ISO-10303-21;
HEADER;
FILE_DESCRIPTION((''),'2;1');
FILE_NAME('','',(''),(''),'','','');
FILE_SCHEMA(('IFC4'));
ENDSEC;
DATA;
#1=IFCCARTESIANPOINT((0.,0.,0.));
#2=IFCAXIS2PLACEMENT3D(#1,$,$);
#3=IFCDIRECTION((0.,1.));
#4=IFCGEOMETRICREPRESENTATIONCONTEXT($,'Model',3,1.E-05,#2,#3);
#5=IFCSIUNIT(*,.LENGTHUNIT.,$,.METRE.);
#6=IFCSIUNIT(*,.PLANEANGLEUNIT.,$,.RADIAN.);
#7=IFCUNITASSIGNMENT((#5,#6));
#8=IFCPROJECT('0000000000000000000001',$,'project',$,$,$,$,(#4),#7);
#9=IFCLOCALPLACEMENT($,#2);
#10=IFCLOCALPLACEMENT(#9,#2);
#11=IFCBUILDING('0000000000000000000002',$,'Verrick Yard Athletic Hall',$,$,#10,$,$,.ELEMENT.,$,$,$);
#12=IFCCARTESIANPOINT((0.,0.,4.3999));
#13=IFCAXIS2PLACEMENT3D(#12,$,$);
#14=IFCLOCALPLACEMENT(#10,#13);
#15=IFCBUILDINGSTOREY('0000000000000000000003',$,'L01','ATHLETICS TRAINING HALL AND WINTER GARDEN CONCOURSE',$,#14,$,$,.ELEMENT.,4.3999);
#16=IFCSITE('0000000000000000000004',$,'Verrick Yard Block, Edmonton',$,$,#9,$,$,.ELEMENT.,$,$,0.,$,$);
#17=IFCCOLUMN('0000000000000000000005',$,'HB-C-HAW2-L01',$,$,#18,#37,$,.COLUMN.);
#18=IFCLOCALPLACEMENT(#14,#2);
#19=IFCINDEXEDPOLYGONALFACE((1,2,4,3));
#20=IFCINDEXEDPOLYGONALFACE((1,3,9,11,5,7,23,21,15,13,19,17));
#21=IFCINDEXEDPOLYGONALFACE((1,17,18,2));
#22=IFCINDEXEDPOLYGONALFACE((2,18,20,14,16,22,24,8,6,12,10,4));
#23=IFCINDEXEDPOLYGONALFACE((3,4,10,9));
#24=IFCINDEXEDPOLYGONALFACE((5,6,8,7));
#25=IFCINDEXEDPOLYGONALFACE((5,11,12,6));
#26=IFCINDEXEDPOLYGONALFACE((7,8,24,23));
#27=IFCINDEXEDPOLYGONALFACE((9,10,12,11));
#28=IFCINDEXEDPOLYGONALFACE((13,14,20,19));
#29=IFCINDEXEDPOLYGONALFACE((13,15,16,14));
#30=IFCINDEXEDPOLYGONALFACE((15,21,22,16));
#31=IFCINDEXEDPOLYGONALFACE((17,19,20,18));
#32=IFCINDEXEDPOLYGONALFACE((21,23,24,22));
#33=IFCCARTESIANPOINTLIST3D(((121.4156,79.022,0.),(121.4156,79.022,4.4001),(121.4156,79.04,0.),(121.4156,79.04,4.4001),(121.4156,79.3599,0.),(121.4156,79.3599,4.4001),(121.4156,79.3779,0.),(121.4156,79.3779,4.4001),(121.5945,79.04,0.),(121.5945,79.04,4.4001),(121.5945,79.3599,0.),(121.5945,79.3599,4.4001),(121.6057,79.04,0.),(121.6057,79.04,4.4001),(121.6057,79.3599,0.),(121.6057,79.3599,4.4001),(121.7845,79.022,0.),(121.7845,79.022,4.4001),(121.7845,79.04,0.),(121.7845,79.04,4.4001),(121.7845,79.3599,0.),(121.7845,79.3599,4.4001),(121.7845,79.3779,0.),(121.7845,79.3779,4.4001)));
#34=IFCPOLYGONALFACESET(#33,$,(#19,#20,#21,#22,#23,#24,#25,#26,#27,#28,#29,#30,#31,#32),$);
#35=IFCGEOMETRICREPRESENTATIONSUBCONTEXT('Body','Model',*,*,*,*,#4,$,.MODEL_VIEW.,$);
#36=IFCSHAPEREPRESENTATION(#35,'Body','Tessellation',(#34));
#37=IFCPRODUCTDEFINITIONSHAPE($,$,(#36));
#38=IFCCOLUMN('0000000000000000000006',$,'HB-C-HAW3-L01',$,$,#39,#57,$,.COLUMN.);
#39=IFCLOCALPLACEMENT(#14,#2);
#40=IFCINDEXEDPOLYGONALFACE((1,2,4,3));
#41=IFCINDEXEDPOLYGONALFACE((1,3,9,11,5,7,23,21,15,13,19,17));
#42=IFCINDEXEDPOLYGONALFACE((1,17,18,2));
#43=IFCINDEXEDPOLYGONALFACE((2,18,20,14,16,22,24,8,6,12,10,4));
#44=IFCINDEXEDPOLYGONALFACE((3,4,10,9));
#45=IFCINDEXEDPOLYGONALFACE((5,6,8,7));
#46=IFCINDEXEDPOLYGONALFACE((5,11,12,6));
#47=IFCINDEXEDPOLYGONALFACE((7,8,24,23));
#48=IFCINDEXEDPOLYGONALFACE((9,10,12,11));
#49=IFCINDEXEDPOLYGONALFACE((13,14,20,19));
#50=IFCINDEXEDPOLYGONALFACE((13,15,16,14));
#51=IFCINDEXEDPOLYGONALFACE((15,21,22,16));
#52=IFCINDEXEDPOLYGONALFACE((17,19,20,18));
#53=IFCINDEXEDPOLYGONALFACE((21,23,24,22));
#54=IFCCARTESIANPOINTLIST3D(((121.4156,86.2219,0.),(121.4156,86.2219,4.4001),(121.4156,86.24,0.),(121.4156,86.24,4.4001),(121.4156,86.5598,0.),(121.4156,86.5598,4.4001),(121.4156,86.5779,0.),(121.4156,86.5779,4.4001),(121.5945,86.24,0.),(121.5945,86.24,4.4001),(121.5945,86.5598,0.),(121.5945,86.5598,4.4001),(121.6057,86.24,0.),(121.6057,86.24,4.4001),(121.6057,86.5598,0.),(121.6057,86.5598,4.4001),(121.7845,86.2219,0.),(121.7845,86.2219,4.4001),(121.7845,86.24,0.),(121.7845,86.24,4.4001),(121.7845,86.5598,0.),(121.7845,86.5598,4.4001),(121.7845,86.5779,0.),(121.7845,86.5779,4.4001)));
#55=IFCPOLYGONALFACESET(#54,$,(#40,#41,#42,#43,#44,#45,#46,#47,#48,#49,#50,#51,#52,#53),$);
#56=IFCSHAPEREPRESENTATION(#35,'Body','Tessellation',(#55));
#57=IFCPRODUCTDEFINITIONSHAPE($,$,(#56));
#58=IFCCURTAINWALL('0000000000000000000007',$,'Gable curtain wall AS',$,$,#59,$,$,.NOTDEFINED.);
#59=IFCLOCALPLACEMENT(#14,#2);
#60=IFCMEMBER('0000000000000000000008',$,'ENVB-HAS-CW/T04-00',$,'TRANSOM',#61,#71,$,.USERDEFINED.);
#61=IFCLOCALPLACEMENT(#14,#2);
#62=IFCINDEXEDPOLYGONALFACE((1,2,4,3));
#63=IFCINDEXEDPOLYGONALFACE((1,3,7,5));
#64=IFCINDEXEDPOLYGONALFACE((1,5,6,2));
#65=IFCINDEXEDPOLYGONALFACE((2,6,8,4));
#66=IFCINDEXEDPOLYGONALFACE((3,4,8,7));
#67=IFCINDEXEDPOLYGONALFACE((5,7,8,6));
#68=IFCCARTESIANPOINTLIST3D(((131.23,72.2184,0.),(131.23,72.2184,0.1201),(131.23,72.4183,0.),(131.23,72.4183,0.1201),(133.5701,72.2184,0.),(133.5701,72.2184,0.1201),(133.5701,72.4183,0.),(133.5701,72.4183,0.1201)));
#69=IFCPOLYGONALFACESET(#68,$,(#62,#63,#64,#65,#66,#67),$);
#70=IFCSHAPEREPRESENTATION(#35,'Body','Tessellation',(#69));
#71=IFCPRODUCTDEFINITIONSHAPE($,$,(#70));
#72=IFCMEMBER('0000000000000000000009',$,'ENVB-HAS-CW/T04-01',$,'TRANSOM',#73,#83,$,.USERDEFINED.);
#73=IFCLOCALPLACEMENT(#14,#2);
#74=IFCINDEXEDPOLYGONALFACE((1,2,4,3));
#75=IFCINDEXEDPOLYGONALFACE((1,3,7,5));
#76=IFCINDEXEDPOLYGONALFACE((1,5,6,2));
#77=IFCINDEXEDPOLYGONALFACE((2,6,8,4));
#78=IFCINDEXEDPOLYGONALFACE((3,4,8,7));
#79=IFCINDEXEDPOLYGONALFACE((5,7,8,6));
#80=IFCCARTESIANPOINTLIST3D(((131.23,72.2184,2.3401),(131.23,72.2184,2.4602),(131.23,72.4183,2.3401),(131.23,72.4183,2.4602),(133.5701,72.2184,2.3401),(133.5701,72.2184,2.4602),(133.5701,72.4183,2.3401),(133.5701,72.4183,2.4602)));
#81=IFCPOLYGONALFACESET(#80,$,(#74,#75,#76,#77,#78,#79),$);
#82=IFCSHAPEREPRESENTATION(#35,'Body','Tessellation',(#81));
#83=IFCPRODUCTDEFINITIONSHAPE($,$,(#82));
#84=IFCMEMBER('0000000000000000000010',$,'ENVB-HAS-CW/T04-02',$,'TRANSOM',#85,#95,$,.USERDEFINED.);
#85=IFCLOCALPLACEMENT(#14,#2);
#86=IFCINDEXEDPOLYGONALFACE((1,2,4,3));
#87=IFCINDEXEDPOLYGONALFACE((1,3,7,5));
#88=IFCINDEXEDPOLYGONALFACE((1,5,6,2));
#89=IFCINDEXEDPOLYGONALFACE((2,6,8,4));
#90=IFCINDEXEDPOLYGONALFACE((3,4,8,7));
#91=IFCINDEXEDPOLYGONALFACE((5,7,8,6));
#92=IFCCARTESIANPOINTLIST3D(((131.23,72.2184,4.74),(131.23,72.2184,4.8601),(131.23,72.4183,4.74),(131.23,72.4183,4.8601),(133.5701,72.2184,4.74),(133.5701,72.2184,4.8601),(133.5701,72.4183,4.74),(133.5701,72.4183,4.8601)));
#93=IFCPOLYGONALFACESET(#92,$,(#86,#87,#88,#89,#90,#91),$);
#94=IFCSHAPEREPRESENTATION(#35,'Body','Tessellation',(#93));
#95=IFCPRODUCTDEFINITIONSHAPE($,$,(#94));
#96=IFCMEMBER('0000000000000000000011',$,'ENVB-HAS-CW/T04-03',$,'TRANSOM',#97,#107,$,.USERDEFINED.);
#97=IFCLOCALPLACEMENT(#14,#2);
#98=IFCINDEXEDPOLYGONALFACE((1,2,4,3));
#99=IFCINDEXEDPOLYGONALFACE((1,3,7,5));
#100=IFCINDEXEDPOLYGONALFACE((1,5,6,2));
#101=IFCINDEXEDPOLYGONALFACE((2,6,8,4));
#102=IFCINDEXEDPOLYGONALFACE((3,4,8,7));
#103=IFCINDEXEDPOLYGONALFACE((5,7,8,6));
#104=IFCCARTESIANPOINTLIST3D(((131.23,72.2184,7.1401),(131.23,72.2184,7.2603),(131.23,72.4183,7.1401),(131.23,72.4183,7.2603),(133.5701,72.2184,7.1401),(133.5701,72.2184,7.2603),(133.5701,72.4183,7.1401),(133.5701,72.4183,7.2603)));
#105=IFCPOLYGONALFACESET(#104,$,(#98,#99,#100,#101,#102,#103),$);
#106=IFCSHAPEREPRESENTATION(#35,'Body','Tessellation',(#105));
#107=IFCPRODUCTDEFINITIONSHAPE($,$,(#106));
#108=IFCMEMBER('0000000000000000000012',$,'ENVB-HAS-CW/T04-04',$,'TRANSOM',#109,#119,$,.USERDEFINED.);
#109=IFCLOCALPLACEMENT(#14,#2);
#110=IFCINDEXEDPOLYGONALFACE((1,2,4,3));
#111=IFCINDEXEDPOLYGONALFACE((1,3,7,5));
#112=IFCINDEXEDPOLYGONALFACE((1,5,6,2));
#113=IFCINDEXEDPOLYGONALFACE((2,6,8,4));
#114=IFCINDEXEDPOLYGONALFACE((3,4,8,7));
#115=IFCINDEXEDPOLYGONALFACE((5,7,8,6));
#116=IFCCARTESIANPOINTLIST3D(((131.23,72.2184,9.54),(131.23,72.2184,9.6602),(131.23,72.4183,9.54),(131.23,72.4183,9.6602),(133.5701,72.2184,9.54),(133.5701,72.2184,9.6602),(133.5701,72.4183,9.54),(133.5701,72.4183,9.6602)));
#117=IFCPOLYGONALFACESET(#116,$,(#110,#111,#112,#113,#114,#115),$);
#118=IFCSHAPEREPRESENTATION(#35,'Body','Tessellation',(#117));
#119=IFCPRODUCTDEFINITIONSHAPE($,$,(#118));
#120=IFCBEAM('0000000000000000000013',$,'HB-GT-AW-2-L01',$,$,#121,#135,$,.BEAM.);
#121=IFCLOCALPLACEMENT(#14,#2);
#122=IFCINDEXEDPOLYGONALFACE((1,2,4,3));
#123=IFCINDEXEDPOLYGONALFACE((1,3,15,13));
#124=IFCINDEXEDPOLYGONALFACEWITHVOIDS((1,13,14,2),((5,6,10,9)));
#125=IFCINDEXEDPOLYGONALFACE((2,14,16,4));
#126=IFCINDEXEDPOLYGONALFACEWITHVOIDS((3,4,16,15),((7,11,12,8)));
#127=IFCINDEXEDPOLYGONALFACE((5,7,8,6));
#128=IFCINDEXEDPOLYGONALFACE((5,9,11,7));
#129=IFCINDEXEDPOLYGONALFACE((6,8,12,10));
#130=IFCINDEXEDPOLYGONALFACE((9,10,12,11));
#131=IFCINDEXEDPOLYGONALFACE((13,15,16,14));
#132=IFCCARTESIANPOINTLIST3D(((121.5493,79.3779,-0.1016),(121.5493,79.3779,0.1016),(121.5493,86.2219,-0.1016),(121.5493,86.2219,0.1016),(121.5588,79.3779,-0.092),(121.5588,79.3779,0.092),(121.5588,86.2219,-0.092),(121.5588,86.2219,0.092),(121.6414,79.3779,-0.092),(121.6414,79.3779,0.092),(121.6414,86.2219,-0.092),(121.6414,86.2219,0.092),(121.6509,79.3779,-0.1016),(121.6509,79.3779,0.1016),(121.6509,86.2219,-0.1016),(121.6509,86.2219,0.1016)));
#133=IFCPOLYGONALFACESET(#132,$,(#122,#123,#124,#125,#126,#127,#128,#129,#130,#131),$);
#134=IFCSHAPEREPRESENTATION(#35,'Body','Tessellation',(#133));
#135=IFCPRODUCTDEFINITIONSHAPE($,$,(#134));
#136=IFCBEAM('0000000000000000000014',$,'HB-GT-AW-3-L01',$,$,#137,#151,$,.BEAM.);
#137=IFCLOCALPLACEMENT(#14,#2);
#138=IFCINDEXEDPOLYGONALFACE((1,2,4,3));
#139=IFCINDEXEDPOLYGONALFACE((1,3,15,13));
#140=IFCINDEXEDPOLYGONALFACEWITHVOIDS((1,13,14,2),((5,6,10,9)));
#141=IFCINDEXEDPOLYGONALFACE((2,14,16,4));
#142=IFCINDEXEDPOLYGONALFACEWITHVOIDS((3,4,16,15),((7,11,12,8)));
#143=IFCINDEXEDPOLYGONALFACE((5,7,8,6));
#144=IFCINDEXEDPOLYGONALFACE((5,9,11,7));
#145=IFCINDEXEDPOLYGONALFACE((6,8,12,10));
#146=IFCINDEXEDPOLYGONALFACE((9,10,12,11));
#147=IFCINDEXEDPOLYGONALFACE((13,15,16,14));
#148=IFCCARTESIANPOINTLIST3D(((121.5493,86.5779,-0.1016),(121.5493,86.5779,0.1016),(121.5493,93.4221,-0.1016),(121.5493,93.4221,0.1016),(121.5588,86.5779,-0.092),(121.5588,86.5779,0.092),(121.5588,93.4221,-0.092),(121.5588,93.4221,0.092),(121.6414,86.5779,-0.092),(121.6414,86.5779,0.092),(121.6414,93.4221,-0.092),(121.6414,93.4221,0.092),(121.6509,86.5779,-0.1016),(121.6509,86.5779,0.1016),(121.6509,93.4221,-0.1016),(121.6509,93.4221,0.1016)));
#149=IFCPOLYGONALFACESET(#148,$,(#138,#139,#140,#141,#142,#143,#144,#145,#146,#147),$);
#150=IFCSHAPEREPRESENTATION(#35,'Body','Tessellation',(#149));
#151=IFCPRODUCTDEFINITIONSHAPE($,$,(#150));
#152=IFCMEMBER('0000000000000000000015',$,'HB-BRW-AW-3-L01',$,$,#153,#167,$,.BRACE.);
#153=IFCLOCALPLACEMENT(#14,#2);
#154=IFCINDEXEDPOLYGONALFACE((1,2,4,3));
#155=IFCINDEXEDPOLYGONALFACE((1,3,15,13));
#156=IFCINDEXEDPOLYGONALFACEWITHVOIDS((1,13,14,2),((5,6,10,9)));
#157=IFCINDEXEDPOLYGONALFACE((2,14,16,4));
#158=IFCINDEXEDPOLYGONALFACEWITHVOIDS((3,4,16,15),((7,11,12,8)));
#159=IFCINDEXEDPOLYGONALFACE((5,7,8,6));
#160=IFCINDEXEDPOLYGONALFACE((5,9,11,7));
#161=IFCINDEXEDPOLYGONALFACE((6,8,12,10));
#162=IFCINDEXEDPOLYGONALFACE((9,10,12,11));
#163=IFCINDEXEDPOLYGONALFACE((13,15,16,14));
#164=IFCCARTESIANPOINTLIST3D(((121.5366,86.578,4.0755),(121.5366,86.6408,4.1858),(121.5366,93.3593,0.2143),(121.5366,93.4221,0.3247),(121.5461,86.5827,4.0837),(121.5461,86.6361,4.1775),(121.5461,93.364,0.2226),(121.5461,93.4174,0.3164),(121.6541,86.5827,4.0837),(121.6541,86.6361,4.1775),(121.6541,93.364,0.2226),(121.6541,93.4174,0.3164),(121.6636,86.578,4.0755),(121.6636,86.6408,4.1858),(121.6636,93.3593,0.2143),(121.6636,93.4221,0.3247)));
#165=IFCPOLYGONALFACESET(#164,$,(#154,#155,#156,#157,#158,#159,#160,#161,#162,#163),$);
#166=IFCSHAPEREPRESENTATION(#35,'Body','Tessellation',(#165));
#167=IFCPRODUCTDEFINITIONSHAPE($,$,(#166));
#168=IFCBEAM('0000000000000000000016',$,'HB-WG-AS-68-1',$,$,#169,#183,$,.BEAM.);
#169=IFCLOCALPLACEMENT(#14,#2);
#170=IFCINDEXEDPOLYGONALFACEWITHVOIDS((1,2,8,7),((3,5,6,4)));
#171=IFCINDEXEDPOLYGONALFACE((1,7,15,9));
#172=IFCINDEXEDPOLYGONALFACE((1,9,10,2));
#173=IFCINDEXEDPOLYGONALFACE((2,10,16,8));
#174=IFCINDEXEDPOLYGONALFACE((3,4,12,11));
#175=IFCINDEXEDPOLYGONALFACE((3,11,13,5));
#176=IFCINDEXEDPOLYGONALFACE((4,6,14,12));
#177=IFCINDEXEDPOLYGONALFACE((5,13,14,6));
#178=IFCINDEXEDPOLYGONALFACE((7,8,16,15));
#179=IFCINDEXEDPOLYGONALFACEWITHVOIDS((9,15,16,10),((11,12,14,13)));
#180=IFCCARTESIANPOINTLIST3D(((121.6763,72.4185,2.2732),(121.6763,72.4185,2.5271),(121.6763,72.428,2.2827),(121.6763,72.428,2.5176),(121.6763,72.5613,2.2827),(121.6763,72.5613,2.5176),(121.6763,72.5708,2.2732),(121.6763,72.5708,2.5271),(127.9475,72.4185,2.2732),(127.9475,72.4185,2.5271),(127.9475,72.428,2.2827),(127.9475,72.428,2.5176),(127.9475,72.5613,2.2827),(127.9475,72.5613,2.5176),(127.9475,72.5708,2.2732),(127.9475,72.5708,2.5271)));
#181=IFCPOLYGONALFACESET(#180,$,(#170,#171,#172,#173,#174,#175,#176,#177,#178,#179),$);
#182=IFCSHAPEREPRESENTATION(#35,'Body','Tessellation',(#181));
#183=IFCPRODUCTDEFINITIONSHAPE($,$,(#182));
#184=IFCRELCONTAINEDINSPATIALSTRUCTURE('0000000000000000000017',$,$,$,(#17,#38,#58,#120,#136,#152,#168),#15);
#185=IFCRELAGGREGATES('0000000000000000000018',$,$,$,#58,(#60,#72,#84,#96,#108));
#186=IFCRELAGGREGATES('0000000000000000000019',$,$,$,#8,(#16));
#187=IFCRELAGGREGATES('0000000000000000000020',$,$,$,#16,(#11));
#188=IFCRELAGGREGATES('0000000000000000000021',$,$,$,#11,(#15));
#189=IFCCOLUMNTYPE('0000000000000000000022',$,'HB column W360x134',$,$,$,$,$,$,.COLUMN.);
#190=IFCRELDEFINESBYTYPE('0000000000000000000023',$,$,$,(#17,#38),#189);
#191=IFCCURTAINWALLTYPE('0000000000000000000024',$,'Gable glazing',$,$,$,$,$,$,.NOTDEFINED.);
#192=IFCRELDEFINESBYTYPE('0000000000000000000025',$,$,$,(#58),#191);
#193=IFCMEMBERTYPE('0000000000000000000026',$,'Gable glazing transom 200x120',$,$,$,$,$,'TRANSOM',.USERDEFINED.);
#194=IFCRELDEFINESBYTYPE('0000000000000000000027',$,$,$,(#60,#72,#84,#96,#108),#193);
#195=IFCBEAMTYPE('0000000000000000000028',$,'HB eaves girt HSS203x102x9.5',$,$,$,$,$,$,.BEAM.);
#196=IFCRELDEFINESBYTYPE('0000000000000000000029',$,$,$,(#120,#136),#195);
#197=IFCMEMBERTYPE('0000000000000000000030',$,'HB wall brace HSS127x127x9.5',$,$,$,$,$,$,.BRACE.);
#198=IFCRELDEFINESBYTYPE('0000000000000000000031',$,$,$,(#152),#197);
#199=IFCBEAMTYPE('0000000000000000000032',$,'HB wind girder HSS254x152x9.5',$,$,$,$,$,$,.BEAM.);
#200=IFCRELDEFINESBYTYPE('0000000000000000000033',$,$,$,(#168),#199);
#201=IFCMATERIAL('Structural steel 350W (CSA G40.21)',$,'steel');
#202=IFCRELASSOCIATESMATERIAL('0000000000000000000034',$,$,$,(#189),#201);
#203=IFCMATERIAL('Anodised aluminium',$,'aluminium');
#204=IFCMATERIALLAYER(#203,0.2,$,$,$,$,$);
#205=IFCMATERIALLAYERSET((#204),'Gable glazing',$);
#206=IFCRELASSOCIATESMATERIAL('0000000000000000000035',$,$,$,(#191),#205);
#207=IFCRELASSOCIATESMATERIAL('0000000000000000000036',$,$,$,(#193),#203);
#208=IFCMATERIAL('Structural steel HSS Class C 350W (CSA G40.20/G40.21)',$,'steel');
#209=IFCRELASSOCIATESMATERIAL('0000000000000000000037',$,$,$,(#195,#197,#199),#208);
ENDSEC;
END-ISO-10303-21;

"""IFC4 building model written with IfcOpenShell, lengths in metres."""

from ifc_helpers import new_model, si_unit, direction, frame, origin, origin_2d, place, context, subcontext, project, spatial, rectangle, hollow_rectangle, i_section, extrude, material, layer, layer_set, material_profile, profile_set, type_object, element, aggregate, save


model = new_model("IFC4")

# Units and contexts
model_context = context("Model", 3, precision=1e-05, world=origin(), true_north=direction((0.0, 1.0)))
body_context = subcontext(model_context, "Body", "Model", "MODEL_VIEW")
ifc_project = project(units=[si_unit("LENGTHUNIT", "METRE"), si_unit("PLANEANGLEUNIT", "RADIAN")], contexts=[model_context])

# Site, building, storey
site_placement = place(None, origin())
site = spatial("IfcSite", under=ifc_project, at=site_placement, Name="Verrick Yard Block, Edmonton", CompositionType="ELEMENT", RefElevation=0.0)
building_placement = place(site_placement, origin())
building = spatial("IfcBuilding", under=site, at=building_placement, Name="Verrick Yard Athletic Hall", CompositionType="ELEMENT")
storey_placement = place(building_placement, frame((0.0, 0.0, 4.3999)))
storey = spatial("IfcBuildingStorey", under=building, at=storey_placement, Name="L01", Description="ATHLETICS TRAINING HALL AND WINTER GARDEN CONCOURSE", CompositionType="ELEMENT", Elevation=4.3999)

# Columns
ifc_material_1 = material(Name="Structural steel 350W (CSA G40.21)", Category="steel")
ifc_material_profile_1 = material_profile(ifc_material_1, i_section(OverallWidth=0.3689, OverallDepth=0.356, WebThickness=0.0112, FlangeThickness=0.0181, at=origin_2d()), Name="W360x134")
ifc_profile_set_1 = profile_set([ifc_material_profile_1], Name="Structural steel 350W (CSA G40.21)")
column_type = type_object("IfcColumnType", Name="HB column W360x134", PredefinedType="COLUMN", material=ifc_profile_set_1)
for number, where, z_axis, x_axis, name in (
    (1, (121.6001, 79.2, 0.0), (0.0, 0.0, 1.0), (1.0, 0.0, 0.0), "HB-C-HAW2-L01"),
    (2, (121.6001, 86.3999, 0.0), (0.0, 0.0, 1.0), (1.0, 0.0, 0.0), "HB-C-HAW3-L01"),
):
    element("IfcColumn", number, at=place(storey_placement, frame(where, z_axis=z_axis, x_axis=x_axis)), inside=storey, type_object=column_type, Name=name, PredefinedType="COLUMN", context=body_context, shape_type="SweptSolid", body=[
        extrude(i_section(OverallWidth=0.3689, OverallDepth=0.356, WebThickness=0.0112, FlangeThickness=0.0181, at=origin_2d()), origin(), (0.0, 0.0, 1.0), 4.4001),
    ])

# Curtain wall, members
ifc_material_2 = material(Name="Anodised aluminium", Category="aluminium")
ifc_layer_1 = layer(ifc_material_2, 0.2)
ifc_layer_set_1 = layer_set([ifc_layer_1], Name="Gable glazing")
curtain_wall_type = type_object("IfcCurtainWallType", Name="Gable glazing", PredefinedType="NOTDEFINED", material=ifc_layer_set_1)
curtain_wall_placement = place(storey_placement, origin())
curtain_wall = element("IfcCurtainWall", 3, at=curtain_wall_placement, inside=storey, type_object=curtain_wall_type, Name="Gable curtain wall AS", PredefinedType="NOTDEFINED")
ifc_material_profile_2 = material_profile(ifc_material_2, rectangle(XDim=0.2, YDim=0.1201, at=origin_2d()), Name="CW gable transom 200x120")
ifc_profile_set_2 = profile_set([ifc_material_profile_2], Name="Anodised aluminium")
member_type_1 = type_object("IfcMemberType", Name="Gable glazing transom 200x120", ElementType="TRANSOM", PredefinedType="USERDEFINED", material=ifc_profile_set_2)
member_1_placement = place(storey_placement, frame((131.23, 72.3184, 0.0601), z_axis=(1.0, 0.0, 0.0), x_axis=(0.0, 1.0, 0.0)))
member_1 = element("IfcMember", 4, at=member_1_placement, type_object=member_type_1, Name="ENVB-HAS-CW/T04-00", ObjectType="TRANSOM", PredefinedType="USERDEFINED", context=body_context, shape_type="SweptSolid", body=[
    extrude(rectangle(XDim=0.2, YDim=0.1201, at=origin_2d()), origin(), (0.0, 0.0, 1.0), 2.3401),
])
member_2_placement = place(storey_placement, frame((131.23, 72.3184, 2.4001), z_axis=(1.0, 0.0, 0.0), x_axis=(0.0, 1.0, 0.0)))
member_2 = element("IfcMember", 5, at=member_2_placement, type_object=member_type_1, Name="ENVB-HAS-CW/T04-01", ObjectType="TRANSOM", PredefinedType="USERDEFINED", context=body_context, shape_type="SweptSolid", body=[
    extrude(rectangle(XDim=0.2, YDim=0.1201, at=origin_2d()), origin(), (0.0, 0.0, 1.0), 2.3401),
])
member_3_placement = place(storey_placement, frame((131.23, 72.3184, 4.8), z_axis=(1.0, 0.0, 0.0), x_axis=(0.0, 1.0, 0.0)))
member_3 = element("IfcMember", 6, at=member_3_placement, type_object=member_type_1, Name="ENVB-HAS-CW/T04-02", ObjectType="TRANSOM", PredefinedType="USERDEFINED", context=body_context, shape_type="SweptSolid", body=[
    extrude(rectangle(XDim=0.2, YDim=0.1201, at=origin_2d()), origin(), (0.0, 0.0, 1.0), 2.3401),
])
member_4_placement = place(storey_placement, frame((131.23, 72.3184, 7.2002), z_axis=(1.0, 0.0, 0.0), x_axis=(0.0, 1.0, 0.0)))
member_4 = element("IfcMember", 7, at=member_4_placement, type_object=member_type_1, Name="ENVB-HAS-CW/T04-03", ObjectType="TRANSOM", PredefinedType="USERDEFINED", context=body_context, shape_type="SweptSolid", body=[
    extrude(rectangle(XDim=0.2, YDim=0.1201, at=origin_2d()), origin(), (0.0, 0.0, 1.0), 2.3401),
])
member_5_placement = place(storey_placement, frame((131.23, 72.3184, 9.6001), z_axis=(1.0, 0.0, 0.0), x_axis=(0.0, 1.0, 0.0)))
member_5 = element("IfcMember", 8, at=member_5_placement, type_object=member_type_1, Name="ENVB-HAS-CW/T04-04", ObjectType="TRANSOM", PredefinedType="USERDEFINED", context=body_context, shape_type="SweptSolid", body=[
    extrude(rectangle(XDim=0.2, YDim=0.1201, at=origin_2d()), origin(), (0.0, 0.0, 1.0), 2.3401),
])

# Beams
ifc_material_3 = material(Name="Structural steel HSS Class C 350W (CSA G40.20/G40.21)", Category="steel")
ifc_material_profile_3 = material_profile(ifc_material_3, hollow_rectangle(XDim=0.1016, YDim=0.2031, WallThickness=0.0095, at=origin_2d()), Name="HSS203x102x9.5")
ifc_profile_set_3 = profile_set([ifc_material_profile_3], Name="Structural steel HSS Class C 350W (CSA G40.20/G40.21)")
beam_type_1 = type_object("IfcBeamType", Name="HB eaves girt HSS203x102x9.5", PredefinedType="BEAM", material=ifc_profile_set_3)
beam_1_placement = place(storey_placement, frame((121.6001, 79.3779, 0.0), z_axis=(0.0, 1.0, 0.0), x_axis=(-1.0, 0.0, 0.0)))
element("IfcBeam", 9, at=beam_1_placement, inside=storey, type_object=beam_type_1, Name="HB-GT-AW-2-L01", PredefinedType="BEAM", context=body_context, shape_type="SweptSolid", body=[
    extrude(hollow_rectangle(XDim=0.1016, YDim=0.2031, WallThickness=0.0095, at=origin_2d()), origin(), (0.0, 0.0, 1.0), 6.844),
])
beam_2_placement = place(storey_placement, frame((121.6001, 86.5779, 0.0), z_axis=(0.0, 1.0, 0.0), x_axis=(-1.0, 0.0, 0.0)))
element("IfcBeam", 10, at=beam_2_placement, inside=storey, type_object=beam_type_1, Name="HB-GT-AW-3-L01", PredefinedType="BEAM", context=body_context, shape_type="SweptSolid", body=[
    extrude(hollow_rectangle(XDim=0.1016, YDim=0.2031, WallThickness=0.0095, at=origin_2d()), origin(), (0.0, 0.0, 1.0), 6.8442),
])

# Member
ifc_material_profile_4 = material_profile(ifc_material_3, hollow_rectangle(XDim=0.127, YDim=0.127, WallThickness=0.0095, at=origin_2d()), Name="HSS127x127x9.5")
ifc_profile_set_4 = profile_set([ifc_material_profile_4], Name="Structural steel HSS Class C 350W (CSA G40.20/G40.21)")
member_type_2 = type_object("IfcMemberType", Name="HB wall brace HSS127x127x9.5", PredefinedType="BRACE", material=ifc_profile_set_4)
member_6_placement = place(storey_placement, frame((121.6001, 86.6094, 4.1306), z_axis=(0.0, 0.86901, -0.494794), x_axis=(-1.0, 0.0, 0.0)))
element("IfcMember", 11, at=member_6_placement, inside=storey, type_object=member_type_2, Name="HB-BRW-AW-3-L01", PredefinedType="BRACE", context=body_context, shape_type="SweptSolid", body=[
    extrude(hollow_rectangle(XDim=0.127, YDim=0.127, WallThickness=0.0095, at=origin_2d()), origin(), (0.0, 0.0, 1.0), 7.8035),
])

# Beam
ifc_material_profile_5 = material_profile(ifc_material_3, hollow_rectangle(XDim=0.1523, YDim=0.2539, WallThickness=0.0095, at=origin_2d()), Name="HSS254x152x9.5")
ifc_profile_set_5 = profile_set([ifc_material_profile_5], Name="Structural steel HSS Class C 350W (CSA G40.20/G40.21)")
beam_type_2 = type_object("IfcBeamType", Name="HB wind girder HSS254x152x9.5", PredefinedType="BEAM", material=ifc_profile_set_5)
beam_3_placement = place(storey_placement, frame((121.6763, 72.4946, 2.4001), z_axis=(1.0, 0.0, 0.0), x_axis=(0.0, 1.0, 0.0)))
element("IfcBeam", 12, at=beam_3_placement, inside=storey, type_object=beam_type_2, Name="HB-WG-AS-68-1", PredefinedType="BEAM", context=body_context, shape_type="SweptSolid", body=[
    extrude(hollow_rectangle(XDim=0.1523, YDim=0.2539, WallThickness=0.0095, at=origin_2d()), origin(), (0.0, 0.0, 1.0), 6.2712),
])

aggregate(curtain_wall, [member_1, member_2, member_3, member_4, member_5])

save(model, "model.ifc")
